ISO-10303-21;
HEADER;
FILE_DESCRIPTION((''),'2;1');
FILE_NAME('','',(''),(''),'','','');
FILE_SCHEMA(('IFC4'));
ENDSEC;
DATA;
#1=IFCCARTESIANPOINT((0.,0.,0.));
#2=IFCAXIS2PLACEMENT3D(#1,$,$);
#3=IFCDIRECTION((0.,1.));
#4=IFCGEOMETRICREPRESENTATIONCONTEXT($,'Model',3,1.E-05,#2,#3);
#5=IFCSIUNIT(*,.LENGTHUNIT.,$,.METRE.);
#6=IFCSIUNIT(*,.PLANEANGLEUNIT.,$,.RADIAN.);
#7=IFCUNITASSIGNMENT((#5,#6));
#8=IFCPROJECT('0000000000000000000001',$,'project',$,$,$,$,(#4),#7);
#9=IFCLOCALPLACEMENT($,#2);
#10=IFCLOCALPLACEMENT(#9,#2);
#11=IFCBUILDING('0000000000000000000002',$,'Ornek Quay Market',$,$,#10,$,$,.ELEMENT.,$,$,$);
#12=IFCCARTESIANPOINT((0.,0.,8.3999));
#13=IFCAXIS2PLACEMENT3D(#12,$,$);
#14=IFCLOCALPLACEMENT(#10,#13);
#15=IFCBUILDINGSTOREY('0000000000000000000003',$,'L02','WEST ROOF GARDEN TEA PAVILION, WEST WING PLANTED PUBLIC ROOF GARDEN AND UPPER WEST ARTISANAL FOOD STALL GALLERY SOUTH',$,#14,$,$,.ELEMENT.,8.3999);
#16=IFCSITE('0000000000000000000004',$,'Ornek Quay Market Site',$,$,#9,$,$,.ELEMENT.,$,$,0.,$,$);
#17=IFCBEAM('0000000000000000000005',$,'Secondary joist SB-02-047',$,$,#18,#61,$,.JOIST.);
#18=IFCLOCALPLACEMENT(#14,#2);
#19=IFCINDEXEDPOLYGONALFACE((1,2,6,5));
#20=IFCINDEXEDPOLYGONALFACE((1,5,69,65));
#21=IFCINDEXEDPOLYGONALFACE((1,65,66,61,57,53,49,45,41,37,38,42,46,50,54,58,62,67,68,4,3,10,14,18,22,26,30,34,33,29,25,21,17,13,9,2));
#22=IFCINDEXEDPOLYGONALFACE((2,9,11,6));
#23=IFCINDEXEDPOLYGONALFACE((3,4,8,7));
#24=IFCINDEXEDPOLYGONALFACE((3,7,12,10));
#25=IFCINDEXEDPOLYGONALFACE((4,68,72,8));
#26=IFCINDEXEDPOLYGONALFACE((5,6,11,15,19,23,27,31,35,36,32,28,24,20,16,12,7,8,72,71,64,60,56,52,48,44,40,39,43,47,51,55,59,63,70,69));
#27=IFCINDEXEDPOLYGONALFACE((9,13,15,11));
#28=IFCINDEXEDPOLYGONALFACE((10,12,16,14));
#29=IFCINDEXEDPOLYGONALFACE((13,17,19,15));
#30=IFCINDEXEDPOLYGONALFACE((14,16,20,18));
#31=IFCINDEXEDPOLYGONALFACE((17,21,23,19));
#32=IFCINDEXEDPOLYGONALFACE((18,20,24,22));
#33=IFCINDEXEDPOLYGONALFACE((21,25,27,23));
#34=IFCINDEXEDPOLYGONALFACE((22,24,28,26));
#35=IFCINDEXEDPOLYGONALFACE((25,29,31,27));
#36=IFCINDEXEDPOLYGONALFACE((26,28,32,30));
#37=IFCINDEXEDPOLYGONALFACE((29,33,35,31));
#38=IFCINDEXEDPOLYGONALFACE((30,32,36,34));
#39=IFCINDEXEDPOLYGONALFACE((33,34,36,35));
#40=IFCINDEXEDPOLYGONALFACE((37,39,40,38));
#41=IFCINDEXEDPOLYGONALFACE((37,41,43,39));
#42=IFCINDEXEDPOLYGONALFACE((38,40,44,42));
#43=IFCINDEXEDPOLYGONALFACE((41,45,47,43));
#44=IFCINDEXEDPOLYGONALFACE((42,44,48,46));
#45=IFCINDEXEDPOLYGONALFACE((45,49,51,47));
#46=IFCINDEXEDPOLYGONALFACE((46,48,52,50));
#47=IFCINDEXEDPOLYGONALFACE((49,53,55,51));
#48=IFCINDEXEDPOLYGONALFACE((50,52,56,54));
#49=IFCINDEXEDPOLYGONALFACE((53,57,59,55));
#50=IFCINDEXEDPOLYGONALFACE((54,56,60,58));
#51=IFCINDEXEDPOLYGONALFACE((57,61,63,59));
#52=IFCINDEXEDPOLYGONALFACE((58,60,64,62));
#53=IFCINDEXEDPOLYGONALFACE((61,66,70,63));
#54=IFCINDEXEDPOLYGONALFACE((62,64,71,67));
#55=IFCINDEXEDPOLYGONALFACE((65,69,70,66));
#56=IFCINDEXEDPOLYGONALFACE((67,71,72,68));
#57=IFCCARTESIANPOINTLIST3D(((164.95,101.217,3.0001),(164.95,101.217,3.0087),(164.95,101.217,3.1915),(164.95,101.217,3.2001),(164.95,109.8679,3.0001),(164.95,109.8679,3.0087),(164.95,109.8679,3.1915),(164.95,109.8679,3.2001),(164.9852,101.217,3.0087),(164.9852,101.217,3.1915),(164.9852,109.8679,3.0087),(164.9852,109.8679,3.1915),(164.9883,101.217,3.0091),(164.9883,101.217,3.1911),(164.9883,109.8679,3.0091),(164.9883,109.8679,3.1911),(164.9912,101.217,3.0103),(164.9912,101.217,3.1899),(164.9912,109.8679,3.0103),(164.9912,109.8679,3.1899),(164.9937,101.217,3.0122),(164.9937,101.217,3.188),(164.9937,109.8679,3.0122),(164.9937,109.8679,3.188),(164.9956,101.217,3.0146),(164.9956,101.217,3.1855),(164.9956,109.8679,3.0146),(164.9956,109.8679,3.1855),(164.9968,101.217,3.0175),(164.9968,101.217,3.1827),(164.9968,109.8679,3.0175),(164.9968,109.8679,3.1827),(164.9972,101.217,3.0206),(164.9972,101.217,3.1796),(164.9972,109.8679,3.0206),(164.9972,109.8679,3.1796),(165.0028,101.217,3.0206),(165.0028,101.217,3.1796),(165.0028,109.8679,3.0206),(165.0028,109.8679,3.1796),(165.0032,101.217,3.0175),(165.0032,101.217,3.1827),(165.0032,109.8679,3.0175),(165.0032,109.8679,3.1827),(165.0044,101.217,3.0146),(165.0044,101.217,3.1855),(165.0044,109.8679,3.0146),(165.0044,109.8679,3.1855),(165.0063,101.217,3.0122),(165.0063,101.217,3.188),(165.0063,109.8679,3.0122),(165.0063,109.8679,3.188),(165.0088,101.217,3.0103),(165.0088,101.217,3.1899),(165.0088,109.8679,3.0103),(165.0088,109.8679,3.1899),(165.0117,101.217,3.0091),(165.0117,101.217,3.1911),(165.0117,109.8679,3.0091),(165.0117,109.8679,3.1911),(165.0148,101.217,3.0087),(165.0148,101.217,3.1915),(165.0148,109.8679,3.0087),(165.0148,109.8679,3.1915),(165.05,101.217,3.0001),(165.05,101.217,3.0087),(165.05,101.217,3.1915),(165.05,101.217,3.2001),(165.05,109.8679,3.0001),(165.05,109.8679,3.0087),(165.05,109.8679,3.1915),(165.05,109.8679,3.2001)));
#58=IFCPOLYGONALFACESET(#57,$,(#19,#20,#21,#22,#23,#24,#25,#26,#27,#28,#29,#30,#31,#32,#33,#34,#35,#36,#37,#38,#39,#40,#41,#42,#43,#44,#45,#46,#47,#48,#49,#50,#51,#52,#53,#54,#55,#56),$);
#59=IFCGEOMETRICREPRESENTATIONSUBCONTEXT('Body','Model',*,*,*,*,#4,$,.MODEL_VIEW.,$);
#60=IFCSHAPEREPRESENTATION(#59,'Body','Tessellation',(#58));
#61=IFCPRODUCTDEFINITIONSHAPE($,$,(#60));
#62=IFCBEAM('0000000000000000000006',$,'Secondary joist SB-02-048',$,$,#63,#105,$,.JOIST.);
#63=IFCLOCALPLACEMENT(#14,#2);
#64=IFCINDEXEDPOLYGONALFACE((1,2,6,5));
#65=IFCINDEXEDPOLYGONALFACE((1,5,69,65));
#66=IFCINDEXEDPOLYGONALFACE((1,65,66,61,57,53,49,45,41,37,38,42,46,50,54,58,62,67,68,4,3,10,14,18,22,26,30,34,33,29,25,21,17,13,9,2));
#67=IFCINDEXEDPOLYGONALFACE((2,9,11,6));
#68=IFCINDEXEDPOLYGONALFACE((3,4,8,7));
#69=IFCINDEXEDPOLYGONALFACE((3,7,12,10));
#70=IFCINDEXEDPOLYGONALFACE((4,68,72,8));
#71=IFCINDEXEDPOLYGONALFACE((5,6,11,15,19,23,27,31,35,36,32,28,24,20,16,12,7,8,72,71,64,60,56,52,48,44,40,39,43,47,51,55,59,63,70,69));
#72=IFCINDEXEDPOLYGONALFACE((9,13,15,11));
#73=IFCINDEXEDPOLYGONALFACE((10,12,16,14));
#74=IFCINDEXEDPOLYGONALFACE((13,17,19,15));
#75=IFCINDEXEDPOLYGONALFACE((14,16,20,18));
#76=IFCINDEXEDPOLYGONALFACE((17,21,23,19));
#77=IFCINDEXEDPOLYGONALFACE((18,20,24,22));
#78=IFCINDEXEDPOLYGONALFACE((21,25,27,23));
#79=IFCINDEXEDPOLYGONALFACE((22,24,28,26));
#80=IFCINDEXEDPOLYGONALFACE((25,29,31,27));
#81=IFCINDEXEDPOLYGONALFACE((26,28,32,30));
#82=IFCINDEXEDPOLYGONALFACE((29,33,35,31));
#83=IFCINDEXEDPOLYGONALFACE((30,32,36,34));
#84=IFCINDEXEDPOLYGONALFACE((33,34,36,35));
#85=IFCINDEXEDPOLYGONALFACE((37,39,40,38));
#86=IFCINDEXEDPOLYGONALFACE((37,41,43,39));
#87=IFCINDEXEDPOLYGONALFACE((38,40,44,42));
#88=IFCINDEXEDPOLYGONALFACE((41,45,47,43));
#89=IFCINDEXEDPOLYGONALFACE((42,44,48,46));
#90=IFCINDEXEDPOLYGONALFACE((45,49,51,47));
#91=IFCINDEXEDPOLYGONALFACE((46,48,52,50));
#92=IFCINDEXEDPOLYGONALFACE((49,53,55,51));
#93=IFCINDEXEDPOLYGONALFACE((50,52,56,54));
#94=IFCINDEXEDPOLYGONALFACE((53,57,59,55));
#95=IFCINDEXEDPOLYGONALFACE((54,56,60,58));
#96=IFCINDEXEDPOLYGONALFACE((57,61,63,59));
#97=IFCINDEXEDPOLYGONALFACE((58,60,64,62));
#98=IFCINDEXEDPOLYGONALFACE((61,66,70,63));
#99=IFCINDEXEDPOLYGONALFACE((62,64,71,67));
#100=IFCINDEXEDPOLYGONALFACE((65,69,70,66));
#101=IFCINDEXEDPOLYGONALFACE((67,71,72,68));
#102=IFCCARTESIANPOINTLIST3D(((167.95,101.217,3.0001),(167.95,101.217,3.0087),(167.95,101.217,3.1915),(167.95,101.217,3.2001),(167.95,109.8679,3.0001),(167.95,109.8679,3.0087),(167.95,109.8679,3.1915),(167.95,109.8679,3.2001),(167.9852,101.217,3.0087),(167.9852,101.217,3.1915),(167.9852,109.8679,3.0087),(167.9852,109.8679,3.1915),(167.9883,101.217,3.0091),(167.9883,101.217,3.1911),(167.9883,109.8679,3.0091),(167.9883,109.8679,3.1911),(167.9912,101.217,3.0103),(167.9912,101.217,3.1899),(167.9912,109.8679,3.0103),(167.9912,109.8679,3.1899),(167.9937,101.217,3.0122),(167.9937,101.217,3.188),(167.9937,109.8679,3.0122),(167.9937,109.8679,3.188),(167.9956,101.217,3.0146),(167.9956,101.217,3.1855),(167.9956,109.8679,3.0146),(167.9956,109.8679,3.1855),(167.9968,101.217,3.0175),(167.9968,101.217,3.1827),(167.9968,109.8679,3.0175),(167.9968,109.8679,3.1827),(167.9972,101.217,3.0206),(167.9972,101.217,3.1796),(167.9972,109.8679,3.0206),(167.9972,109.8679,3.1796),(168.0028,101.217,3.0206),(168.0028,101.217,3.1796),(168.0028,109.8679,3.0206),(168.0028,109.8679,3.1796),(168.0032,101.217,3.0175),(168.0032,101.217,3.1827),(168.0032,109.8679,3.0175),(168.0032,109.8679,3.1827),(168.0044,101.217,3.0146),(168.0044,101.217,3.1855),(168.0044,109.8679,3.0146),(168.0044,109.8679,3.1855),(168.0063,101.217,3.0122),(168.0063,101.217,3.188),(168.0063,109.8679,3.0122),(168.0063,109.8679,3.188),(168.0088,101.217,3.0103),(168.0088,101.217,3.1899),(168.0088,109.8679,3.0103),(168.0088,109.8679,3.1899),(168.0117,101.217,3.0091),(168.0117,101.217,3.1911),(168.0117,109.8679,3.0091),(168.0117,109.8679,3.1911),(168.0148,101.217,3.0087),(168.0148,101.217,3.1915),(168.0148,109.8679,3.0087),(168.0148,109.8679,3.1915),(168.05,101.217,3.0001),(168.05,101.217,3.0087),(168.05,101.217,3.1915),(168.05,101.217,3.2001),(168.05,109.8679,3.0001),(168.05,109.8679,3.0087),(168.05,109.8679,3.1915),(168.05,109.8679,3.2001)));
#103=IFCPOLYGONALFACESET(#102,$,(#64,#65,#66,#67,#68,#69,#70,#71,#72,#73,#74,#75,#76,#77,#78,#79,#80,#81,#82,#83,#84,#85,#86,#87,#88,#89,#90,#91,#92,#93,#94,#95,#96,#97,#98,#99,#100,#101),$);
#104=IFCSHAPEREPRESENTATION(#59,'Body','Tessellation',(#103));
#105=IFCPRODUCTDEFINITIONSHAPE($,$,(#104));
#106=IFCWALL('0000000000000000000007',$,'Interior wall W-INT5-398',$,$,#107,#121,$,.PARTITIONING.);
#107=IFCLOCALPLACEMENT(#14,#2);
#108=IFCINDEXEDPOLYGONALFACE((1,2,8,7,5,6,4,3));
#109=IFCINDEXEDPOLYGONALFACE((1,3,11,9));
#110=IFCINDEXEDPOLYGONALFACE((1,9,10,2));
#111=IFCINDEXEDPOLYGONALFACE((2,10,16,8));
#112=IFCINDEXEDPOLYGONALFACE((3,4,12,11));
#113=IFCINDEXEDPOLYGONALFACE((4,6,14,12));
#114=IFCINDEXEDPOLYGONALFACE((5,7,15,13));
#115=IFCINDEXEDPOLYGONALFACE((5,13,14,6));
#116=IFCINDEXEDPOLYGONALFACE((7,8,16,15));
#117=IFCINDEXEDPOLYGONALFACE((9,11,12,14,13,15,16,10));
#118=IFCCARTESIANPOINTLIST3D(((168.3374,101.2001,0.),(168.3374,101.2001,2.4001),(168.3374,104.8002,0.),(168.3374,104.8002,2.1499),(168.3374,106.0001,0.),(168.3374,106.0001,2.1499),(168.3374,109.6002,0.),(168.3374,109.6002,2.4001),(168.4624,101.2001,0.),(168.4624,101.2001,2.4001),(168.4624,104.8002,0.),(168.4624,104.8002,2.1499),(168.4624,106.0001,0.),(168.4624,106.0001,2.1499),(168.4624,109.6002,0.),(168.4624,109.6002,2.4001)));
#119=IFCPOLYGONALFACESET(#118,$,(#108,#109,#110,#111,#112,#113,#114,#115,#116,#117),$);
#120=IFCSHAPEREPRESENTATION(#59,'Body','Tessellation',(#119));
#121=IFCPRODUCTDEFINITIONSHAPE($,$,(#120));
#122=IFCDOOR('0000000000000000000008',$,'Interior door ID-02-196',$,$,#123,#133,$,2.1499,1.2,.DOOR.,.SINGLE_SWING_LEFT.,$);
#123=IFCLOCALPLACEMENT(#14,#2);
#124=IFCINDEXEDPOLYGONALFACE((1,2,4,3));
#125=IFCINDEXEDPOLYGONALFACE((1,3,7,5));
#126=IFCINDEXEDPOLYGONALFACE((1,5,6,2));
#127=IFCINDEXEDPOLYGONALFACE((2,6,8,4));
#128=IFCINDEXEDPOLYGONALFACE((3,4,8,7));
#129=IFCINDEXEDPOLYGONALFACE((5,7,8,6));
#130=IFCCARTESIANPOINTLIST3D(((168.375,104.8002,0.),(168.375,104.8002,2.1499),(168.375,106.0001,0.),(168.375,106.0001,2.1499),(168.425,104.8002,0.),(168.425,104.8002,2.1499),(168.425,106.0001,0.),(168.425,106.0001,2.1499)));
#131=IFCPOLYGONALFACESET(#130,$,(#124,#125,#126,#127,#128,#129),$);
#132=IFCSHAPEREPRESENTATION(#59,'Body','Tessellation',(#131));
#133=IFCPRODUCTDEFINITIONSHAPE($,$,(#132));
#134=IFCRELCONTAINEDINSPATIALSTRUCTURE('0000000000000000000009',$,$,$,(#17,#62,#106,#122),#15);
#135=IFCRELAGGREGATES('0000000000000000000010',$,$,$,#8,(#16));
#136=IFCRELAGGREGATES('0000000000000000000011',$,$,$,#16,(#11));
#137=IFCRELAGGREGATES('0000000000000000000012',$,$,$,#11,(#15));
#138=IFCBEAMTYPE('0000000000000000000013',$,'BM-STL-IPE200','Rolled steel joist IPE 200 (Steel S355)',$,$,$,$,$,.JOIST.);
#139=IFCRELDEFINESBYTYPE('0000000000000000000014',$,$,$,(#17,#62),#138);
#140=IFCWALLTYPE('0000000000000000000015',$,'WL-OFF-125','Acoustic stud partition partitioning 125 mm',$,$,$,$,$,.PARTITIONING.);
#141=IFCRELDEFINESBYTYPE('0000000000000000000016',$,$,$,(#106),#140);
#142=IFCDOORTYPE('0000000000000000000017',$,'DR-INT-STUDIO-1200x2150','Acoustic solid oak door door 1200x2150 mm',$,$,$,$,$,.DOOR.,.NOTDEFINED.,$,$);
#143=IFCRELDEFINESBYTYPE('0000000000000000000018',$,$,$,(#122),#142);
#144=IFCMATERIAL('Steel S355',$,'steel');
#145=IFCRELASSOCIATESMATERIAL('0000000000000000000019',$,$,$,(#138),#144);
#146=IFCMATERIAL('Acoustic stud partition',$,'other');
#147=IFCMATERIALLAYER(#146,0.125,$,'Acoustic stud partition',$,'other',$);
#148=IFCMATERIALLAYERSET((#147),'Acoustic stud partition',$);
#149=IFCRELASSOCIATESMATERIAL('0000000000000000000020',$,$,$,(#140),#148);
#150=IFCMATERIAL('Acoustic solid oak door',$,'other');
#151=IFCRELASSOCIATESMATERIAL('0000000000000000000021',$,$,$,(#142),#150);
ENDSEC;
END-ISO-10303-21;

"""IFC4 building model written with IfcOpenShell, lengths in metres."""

from ifc_helpers import new_model, si_unit, direction, frame, frame_2d, origin, origin_2d, place, context, subcontext, project, spatial, rectangle, i_section, extrude, material, layer, layer_set, material_profile, profile_set, type_object, element, fill, save


model = new_model("IFC4")

# Units and contexts
model_context = context("Model", 3, precision=1e-05, world=origin(), true_north=direction((0.0, 1.0)))
body_context = subcontext(model_context, "Body", "Model", "MODEL_VIEW")
ifc_project = project(units=[si_unit("LENGTHUNIT", "METRE"), si_unit("PLANEANGLEUNIT", "RADIAN")], contexts=[model_context])

# Site, building, storey
site_placement = place(None, origin())
site = spatial("IfcSite", under=ifc_project, at=site_placement, Name="Ornek Quay Market Site", CompositionType="ELEMENT", RefElevation=0.0)
building_placement = place(site_placement, origin())
building = spatial("IfcBuilding", under=site, at=building_placement, Name="Ornek Quay Market", CompositionType="ELEMENT")
storey_placement = place(building_placement, frame((0.0, 0.0, 8.3999)))
storey = spatial("IfcBuildingStorey", under=building, at=storey_placement, Name="L02", Description="WEST ROOF GARDEN TEA PAVILION, WEST WING PLANTED PUBLIC ROOF GARDEN AND UPPER WEST ARTISANAL FOOD STALL GALLERY SOUTH", CompositionType="ELEMENT", Elevation=8.3999)

# Beams
ifc_material_1 = material(Name="Steel S355", Category="steel")
ifc_material_profile_1 = material_profile(ifc_material_1, i_section(OverallWidth=0.1001, OverallDepth=0.2, WebThickness=0.0056, FlangeThickness=0.0085, FilletRadius=0.012, at=origin_2d()), Name="IPE 200", Category="steel")
ifc_profile_set_1 = profile_set([ifc_material_profile_1], Name="Steel S355")
beam_type_1 = type_object("IfcBeamType", Name="BM-STL-IPE200", Description="Rolled steel joist IPE 200 (Steel S355)", PredefinedType="JOIST", material=ifc_profile_set_1)
for number, where, z_axis, x_axis, name in (
    (1, (165.0, 101.217, 3.1001), (0.0, 1.0, 0.0), (-1.0, 0.0, 0.0), "Secondary joist SB-02-047"),
    (2, (168.0, 101.217, 3.1001), (0.0, 1.0, 0.0), (-1.0, 0.0, 0.0), "Secondary joist SB-02-048"),
):
    element("IfcBeam", number, at=place(storey_placement, frame(where, z_axis=z_axis, x_axis=x_axis)), inside=storey, type_object=beam_type_1, Name=name, PredefinedType="JOIST", context=body_context, shape_type="SweptSolid", body=[
        extrude(i_section(OverallWidth=0.1001, OverallDepth=0.2, WebThickness=0.0056, FlangeThickness=0.0085, FilletRadius=0.012, at=origin_2d()), origin(), (0.0, 0.0, 1.0), 8.6509),
    ])

# Wall, opening, door
ifc_material_2 = material(Name="Acoustic stud partition", Category="other")
ifc_layer = layer(ifc_material_2, 0.125, Name="Acoustic stud partition", Category="other")
ifc_layer_set = layer_set([ifc_layer], Name="Acoustic stud partition")
wall_type = type_object("IfcWallType", Name="WL-OFF-125", Description="Acoustic stud partition partitioning 125 mm", PredefinedType="PARTITIONING", material=ifc_layer_set)
wall_placement = place(storey_placement, frame((168.3999, 101.2, 0.0), z_axis=(0.0, 0.0, 1.0), x_axis=(0.0, 1.0, 0.0)))
wall = element("IfcWall", 3, at=wall_placement, inside=storey, type_object=wall_type, Name="Interior wall W-INT5-398", PredefinedType="PARTITIONING", context=body_context, shape_type="SweptSolid", body=[
    extrude(rectangle(XDim=8.4001, YDim=0.125, at=frame_2d((4.2002, 0.0))), origin(), (0.0, 0.0, 1.0), 2.4001),
])
opening_placement = place(wall_placement, frame((3.6001, 0.0, 0.0)))
opening = element("IfcOpeningElement", 4, at=opening_placement, cuts=wall, PredefinedType="OPENING", context=body_context, shape_type="SweptSolid", body=[
    extrude(rectangle(XDim=1.2, YDim=2.1499, at=frame_2d((0.6001, 1.075))), frame((0.0, 0.0725, 0.0), z_axis=(0.0, -1.0, 0.0), x_axis=(1.0, 0.0, 0.0)), (0.0, 0.0, 1.0), 0.145),
])
ifc_material_3 = material(Name="Acoustic solid oak door", Category="other")
door_type = type_object("IfcDoorType", Name="DR-INT-STUDIO-1200x2150", Description="Acoustic solid oak door door 1200x2150 mm", OperationType="NOTDEFINED", PredefinedType="DOOR", material=ifc_material_3)
door_placement = place(opening_placement, origin())
door = element("IfcDoor", 5, at=door_placement, inside=storey, type_object=door_type, Name="Interior door ID-02-196", OperationType="SINGLE_SWING_LEFT", OverallHeight=2.1499, OverallWidth=1.2, PredefinedType="DOOR", context=body_context, shape_type="SweptSolid", body=[
    extrude(rectangle(XDim=1.2, YDim=2.1499, at=frame_2d((0.6001, 1.075))), frame((0.0, 0.0249, 0.0), z_axis=(0.0, -1.0, 0.0), x_axis=(1.0, 0.0, 0.0)), (0.0, 0.0, 1.0), 0.05),
])
fill(opening, door)

save(model, "model.ifc")
